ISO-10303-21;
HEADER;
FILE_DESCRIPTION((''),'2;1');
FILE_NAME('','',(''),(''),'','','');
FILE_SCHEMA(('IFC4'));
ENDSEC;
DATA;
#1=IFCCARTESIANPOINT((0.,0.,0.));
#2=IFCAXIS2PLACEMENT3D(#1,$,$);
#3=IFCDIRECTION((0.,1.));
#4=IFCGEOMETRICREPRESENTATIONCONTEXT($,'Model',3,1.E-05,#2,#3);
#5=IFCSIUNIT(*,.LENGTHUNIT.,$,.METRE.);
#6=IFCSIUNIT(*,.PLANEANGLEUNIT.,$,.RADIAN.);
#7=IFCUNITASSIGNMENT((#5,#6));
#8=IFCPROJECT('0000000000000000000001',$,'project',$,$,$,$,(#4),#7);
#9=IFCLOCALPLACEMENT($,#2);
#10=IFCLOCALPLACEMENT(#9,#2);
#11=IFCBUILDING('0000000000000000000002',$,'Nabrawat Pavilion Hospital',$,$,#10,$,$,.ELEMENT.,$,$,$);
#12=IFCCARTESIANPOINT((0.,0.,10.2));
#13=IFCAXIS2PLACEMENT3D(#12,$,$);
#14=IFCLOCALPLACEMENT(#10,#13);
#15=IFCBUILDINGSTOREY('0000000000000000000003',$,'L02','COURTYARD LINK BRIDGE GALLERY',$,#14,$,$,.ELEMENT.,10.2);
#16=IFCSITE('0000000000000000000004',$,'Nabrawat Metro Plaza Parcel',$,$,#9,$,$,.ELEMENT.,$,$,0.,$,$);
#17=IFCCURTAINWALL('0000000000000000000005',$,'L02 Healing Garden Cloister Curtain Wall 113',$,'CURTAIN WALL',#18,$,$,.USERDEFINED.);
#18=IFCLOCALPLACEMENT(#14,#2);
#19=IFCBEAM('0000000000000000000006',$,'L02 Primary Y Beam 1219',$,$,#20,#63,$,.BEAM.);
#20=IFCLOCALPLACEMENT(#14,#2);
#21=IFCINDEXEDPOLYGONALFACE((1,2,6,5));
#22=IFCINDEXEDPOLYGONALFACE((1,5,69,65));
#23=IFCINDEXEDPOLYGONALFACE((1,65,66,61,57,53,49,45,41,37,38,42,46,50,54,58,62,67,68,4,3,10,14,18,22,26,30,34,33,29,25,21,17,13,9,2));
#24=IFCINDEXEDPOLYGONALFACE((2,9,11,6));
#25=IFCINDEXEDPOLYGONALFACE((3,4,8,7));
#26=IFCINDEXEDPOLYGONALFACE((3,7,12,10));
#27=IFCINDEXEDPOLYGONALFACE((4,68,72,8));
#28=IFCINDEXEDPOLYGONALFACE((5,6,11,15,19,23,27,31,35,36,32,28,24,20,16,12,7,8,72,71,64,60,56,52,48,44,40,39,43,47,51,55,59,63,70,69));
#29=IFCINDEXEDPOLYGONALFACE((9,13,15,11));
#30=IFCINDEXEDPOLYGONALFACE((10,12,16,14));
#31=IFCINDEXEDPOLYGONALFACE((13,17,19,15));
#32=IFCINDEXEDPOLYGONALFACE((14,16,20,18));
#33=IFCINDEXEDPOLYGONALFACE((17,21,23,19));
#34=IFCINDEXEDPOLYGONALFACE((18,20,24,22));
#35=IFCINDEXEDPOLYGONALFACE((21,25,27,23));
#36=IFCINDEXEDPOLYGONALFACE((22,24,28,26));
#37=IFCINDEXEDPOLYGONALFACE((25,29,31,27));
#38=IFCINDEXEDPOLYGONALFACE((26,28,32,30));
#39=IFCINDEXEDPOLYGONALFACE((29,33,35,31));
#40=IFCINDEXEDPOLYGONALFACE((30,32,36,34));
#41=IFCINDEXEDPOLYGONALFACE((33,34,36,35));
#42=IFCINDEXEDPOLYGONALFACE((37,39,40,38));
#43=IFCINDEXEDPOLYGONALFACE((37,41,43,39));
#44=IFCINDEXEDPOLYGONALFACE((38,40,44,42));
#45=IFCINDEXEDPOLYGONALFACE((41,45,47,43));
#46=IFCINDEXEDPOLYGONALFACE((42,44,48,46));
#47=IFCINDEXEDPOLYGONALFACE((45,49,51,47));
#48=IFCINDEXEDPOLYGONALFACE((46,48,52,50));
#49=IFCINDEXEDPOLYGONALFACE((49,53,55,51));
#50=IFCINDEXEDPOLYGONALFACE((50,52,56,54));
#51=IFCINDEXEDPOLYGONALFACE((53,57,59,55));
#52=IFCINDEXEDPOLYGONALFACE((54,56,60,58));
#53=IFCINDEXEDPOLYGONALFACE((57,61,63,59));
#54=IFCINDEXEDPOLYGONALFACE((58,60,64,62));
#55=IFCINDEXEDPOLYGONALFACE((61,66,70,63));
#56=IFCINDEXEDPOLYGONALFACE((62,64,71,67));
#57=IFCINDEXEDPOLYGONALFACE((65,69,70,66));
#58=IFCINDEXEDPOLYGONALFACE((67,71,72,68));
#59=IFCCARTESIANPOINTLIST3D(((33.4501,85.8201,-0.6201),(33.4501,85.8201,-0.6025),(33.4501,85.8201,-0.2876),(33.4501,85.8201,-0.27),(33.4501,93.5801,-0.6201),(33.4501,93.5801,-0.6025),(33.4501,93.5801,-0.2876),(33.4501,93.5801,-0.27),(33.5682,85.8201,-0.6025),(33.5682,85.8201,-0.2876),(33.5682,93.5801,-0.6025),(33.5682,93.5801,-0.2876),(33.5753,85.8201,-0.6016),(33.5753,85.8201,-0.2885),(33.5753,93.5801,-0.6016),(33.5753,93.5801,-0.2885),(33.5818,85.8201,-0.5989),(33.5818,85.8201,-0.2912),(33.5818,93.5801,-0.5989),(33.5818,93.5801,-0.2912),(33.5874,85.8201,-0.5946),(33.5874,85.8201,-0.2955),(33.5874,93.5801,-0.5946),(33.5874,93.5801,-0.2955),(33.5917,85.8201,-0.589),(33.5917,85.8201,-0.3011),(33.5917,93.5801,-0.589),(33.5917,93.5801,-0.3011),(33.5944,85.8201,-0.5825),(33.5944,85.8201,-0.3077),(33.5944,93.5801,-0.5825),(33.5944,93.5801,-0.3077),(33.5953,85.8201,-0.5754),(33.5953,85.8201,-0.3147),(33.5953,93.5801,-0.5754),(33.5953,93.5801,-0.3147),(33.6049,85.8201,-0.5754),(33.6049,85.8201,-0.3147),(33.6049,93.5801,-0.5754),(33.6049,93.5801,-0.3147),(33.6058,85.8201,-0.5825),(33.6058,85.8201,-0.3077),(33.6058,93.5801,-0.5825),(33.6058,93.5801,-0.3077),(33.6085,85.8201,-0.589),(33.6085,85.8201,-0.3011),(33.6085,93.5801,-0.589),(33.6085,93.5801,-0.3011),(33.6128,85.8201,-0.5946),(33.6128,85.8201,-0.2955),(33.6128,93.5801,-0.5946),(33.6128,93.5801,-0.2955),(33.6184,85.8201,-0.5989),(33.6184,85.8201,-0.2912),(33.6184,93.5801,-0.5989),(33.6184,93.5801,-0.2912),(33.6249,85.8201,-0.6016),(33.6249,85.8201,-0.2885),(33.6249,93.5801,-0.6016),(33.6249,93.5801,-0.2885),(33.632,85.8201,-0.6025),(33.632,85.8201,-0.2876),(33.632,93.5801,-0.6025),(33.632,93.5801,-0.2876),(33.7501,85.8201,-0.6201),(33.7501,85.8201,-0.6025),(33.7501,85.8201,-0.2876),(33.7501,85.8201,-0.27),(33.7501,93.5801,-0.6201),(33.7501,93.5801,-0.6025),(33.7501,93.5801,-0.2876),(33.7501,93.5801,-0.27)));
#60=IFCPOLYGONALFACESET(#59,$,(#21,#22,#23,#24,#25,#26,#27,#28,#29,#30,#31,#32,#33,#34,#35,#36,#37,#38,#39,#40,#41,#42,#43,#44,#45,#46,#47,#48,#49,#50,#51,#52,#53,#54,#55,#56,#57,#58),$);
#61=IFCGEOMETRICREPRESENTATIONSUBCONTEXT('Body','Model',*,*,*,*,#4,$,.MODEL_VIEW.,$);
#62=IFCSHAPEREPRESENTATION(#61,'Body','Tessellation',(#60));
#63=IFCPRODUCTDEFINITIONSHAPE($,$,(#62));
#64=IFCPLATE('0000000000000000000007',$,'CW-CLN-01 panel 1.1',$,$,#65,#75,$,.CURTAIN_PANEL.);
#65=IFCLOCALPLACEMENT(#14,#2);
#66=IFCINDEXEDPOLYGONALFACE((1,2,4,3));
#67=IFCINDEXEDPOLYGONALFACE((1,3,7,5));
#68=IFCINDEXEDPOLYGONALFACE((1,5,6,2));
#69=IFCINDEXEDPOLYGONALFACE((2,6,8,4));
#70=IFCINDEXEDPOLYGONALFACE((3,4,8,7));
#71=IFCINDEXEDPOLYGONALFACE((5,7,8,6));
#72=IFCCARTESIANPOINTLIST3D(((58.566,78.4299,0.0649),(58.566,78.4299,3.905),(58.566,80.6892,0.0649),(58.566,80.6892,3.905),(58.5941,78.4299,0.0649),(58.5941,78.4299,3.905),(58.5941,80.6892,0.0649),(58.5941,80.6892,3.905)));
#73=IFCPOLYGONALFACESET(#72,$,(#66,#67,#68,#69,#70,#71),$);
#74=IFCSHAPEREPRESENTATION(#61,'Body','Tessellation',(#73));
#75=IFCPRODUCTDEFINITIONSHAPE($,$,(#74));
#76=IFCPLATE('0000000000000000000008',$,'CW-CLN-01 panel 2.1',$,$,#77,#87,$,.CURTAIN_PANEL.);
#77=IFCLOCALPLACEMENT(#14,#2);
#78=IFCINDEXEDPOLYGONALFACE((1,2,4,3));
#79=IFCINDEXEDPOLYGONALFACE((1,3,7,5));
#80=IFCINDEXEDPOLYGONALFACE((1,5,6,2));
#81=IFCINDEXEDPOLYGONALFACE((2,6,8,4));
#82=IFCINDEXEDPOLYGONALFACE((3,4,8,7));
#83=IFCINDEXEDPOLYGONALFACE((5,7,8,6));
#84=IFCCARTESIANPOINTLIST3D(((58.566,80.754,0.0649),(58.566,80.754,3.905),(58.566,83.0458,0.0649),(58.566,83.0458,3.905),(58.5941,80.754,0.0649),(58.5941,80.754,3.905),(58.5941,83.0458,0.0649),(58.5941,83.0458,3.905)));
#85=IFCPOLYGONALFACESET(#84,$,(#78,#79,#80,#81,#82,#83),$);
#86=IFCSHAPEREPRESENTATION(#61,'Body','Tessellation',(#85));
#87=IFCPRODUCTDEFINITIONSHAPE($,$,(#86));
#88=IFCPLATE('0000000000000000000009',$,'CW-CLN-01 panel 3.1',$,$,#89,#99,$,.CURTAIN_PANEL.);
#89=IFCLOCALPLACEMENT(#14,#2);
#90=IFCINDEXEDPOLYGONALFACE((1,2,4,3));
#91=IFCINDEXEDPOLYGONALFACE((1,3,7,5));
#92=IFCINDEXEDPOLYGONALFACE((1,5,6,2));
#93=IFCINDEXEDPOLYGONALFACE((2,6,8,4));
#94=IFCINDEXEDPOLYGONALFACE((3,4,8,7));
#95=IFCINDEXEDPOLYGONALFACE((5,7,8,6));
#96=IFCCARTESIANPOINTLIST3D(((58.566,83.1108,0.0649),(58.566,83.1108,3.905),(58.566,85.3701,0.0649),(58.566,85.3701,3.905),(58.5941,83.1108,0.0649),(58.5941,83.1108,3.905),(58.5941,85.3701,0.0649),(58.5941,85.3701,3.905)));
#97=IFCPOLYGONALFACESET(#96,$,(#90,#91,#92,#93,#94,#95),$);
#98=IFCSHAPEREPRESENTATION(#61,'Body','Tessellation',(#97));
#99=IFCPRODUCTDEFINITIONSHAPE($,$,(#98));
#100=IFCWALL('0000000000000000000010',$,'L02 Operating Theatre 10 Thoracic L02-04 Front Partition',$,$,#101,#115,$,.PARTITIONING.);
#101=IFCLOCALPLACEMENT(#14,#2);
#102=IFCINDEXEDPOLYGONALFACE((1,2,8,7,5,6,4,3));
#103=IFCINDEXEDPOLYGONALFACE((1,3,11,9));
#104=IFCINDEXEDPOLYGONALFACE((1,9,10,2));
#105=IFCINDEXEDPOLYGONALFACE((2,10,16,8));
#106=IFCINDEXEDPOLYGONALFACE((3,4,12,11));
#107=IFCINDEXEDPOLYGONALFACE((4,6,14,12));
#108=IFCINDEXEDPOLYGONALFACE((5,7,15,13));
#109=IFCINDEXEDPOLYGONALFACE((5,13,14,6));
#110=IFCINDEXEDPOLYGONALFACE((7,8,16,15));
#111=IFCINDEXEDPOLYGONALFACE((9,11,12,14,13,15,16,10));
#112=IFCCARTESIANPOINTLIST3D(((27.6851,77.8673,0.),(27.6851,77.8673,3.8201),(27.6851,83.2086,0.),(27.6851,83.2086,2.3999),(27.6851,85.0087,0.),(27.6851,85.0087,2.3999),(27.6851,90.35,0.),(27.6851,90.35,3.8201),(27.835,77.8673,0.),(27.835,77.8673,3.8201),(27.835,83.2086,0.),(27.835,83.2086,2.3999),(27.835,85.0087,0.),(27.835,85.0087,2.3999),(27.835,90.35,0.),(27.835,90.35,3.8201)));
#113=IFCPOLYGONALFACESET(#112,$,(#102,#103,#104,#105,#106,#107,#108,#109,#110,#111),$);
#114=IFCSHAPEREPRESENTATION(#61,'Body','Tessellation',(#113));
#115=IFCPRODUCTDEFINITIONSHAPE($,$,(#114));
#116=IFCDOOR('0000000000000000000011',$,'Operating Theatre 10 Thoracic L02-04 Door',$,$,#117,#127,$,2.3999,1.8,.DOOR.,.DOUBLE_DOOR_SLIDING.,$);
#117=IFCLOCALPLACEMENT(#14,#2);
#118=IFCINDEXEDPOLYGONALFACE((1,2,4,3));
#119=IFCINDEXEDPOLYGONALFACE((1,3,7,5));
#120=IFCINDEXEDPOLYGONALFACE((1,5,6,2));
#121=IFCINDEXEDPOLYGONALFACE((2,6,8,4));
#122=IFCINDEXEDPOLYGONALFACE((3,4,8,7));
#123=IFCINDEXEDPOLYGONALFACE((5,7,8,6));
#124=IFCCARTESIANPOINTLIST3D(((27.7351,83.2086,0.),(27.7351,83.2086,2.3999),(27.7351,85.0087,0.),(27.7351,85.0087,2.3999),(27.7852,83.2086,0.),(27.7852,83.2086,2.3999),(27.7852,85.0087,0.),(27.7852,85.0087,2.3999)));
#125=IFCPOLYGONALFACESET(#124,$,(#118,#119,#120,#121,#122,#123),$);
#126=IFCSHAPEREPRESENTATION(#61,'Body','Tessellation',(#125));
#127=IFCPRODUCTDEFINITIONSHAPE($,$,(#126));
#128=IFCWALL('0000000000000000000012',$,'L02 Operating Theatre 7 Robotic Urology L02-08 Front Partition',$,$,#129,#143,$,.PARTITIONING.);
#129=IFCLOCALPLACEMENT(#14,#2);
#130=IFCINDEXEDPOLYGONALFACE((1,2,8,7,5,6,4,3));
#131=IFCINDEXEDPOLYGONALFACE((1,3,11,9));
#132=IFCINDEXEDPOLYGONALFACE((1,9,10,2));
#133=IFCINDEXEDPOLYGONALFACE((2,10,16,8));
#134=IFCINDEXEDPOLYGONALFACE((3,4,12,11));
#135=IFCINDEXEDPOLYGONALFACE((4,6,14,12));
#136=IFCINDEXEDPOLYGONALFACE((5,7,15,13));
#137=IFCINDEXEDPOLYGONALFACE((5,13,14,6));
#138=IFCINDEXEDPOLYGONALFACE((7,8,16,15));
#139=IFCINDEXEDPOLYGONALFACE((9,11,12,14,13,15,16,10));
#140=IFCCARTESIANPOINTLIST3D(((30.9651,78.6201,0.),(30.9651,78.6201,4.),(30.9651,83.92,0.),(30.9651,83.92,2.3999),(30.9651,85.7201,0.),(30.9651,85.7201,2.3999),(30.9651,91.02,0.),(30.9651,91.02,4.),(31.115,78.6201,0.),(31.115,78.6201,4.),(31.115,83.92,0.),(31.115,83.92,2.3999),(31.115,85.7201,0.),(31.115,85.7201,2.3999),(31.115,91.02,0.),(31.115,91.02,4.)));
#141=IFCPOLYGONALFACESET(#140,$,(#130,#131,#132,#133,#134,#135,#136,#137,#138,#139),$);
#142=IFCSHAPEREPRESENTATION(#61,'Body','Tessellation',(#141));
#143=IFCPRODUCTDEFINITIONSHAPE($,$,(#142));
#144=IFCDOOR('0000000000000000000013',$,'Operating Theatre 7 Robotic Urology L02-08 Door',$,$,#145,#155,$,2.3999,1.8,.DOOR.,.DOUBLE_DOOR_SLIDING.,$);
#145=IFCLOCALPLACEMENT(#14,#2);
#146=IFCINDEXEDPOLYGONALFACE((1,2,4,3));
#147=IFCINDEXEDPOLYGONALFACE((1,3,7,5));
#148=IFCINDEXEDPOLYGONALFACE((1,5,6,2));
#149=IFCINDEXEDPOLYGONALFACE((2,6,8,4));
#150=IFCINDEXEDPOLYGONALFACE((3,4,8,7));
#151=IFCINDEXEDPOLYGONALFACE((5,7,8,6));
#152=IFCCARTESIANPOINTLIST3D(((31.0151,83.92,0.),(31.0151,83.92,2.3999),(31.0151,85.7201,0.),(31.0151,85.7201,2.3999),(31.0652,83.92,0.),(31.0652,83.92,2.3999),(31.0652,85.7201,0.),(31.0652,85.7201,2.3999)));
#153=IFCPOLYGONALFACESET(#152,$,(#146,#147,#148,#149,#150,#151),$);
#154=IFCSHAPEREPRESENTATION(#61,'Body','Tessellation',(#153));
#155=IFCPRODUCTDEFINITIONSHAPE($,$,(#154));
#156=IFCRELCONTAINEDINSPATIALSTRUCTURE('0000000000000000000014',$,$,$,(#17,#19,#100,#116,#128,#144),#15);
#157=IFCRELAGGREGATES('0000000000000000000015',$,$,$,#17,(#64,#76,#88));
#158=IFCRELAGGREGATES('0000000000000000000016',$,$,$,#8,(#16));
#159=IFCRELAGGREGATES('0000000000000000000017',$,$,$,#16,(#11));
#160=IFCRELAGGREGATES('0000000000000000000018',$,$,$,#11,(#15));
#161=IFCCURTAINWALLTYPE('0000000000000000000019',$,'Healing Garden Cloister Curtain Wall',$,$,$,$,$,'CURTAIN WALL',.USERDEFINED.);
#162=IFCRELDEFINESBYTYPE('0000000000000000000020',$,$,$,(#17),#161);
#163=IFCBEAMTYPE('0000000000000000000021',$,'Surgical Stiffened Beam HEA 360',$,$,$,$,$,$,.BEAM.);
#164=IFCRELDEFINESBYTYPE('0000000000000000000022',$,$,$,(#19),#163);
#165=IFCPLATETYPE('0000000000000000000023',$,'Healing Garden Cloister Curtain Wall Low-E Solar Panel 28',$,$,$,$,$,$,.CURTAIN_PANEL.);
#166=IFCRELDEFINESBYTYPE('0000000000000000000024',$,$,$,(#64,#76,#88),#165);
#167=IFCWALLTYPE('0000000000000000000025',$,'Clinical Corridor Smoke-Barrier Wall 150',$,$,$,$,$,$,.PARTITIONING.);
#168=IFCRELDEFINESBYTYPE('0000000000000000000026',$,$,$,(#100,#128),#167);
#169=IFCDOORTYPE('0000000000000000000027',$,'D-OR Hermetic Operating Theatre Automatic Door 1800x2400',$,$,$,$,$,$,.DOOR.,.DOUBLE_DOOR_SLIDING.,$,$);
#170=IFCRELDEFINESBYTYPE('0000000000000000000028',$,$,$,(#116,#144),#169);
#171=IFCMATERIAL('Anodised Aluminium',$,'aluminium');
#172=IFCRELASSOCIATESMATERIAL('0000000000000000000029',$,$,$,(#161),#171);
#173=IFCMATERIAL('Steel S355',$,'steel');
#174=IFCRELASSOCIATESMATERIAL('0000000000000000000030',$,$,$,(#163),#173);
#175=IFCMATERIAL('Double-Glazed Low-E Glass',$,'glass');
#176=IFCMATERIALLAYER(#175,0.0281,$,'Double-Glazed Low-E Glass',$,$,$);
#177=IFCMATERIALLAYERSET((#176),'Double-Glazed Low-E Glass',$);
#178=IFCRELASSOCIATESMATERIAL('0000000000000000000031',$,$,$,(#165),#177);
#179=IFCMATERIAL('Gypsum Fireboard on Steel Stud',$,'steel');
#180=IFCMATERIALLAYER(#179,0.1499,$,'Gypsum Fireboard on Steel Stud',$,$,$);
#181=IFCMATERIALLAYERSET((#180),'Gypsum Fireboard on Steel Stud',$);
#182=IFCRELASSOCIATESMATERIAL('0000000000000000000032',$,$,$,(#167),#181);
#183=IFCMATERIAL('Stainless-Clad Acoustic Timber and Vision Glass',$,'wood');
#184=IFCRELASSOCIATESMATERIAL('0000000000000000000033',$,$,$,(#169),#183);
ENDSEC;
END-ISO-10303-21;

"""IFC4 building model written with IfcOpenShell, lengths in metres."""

from ifc_helpers import new_model, si_unit, direction, frame, frame_2d, origin, origin_2d, place, context, subcontext, project, spatial, rectangle, i_section, extrude, material, layer, layer_set, material_profile, profile_set, type_object, element, fill, aggregate, save


model = new_model("IFC4")

# Units and contexts
model_context = context("Model", 3, precision=1e-05, world=origin(), true_north=direction((0.0, 1.0)))
body_context = subcontext(model_context, "Body", "Model", "MODEL_VIEW")
ifc_project = project(units=[si_unit("LENGTHUNIT", "METRE"), si_unit("PLANEANGLEUNIT", "RADIAN")], contexts=[model_context])

# Site, building, storey
site_placement = place(None, origin())
site = spatial("IfcSite", under=ifc_project, at=site_placement, Name="Nabrawat Metro Plaza Parcel", CompositionType="ELEMENT", RefElevation=0.0)
building_placement = place(site_placement, origin())
building = spatial("IfcBuilding", under=site, at=building_placement, Name="Nabrawat Pavilion Hospital", CompositionType="ELEMENT")
storey_placement = place(building_placement, frame((0.0, 0.0, 10.2)))
storey = spatial("IfcBuildingStorey", under=building, at=storey_placement, Name="L02", Description="COURTYARD LINK BRIDGE GALLERY", CompositionType="ELEMENT", Elevation=10.2)

# Shared definitions
ifc_material_1 = material(Name="Steel S355", Category="steel")

# Curtain wall
ifc_material_2 = material(Name="Anodised Aluminium", Category="aluminium")
curtain_wall_type = type_object("IfcCurtainWallType", Name="Healing Garden Cloister Curtain Wall", ElementType="CURTAIN WALL", PredefinedType="USERDEFINED", material=ifc_material_2)
curtain_wall_placement = place(storey_placement, origin())
curtain_wall = element("IfcCurtainWall", 1, at=curtain_wall_placement, inside=storey, type_object=curtain_wall_type, Name="L02 Healing Garden Cloister Curtain Wall 113", ObjectType="CURTAIN WALL", PredefinedType="USERDEFINED")

# Beam
ifc_material_profile_1 = material_profile(ifc_material_1, i_section(OverallWidth=0.3, OverallDepth=0.3501, WebThickness=0.0095, FlangeThickness=0.0176, FilletRadius=0.0271, at=origin_2d()), Name="HEA 360")
ifc_profile_set_1 = profile_set([ifc_material_profile_1], Name="Steel S355")
beam_type_1 = type_object("IfcBeamType", Name="Surgical Stiffened Beam HEA 360", PredefinedType="BEAM", material=ifc_profile_set_1)
for number, where, z_axis, x_axis, name in (
    (2, (33.6001, 85.8201, -0.4451), (0.0, 1.0, 0.0), (-1.0, 0.0, 0.0), "L02 Primary Y Beam 1219"),
):
    element("IfcBeam", number, at=place(storey_placement, frame(where, z_axis=z_axis, x_axis=x_axis)), inside=storey, type_object=beam_type_1, Name=name, PredefinedType="BEAM", context=body_context, shape_type="SweptSolid", body=[
        extrude(i_section(OverallWidth=0.3, OverallDepth=0.3501, WebThickness=0.0095, FlangeThickness=0.0176, FilletRadius=0.0271, at=origin_2d()), origin(), (0.0, 0.0, 1.0), 7.76),
    ])

# Plates
ifc_material_3 = material(Name="Double-Glazed Low-E Glass", Category="glass")
ifc_layer_1 = layer(ifc_material_3, 0.0281, Name="Double-Glazed Low-E Glass")
ifc_layer_set_1 = layer_set([ifc_layer_1], Name="Double-Glazed Low-E Glass")
plate_type = type_object("IfcPlateType", Name="Healing Garden Cloister Curtain Wall Low-E Solar Panel 28", PredefinedType="CURTAIN_PANEL", material=ifc_layer_set_1)
plate_1_placement = place(storey_placement, frame((58.5801, 79.5596, 0.0649), z_axis=(0.0, 0.0, 1.0), x_axis=(0.0, 1.0, 0.0)))
plate_1 = element("IfcPlate", 3, at=plate_1_placement, type_object=plate_type, Name="CW-CLN-01 panel 1.1", PredefinedType="CURTAIN_PANEL", context=body_context, shape_type="SweptSolid", body=[
    extrude(rectangle(XDim=2.2593, YDim=0.0281, at=origin_2d()), origin(), (0.0, 0.0, 1.0), 3.8401),
])
plate_2_placement = place(storey_placement, frame((58.5801, 81.8999, 0.0649), z_axis=(0.0, 0.0, 1.0), x_axis=(0.0, 1.0, 0.0)))
plate_2 = element("IfcPlate", 4, at=plate_2_placement, type_object=plate_type, Name="CW-CLN-01 panel 2.1", PredefinedType="CURTAIN_PANEL", context=body_context, shape_type="SweptSolid", body=[
    extrude(rectangle(XDim=2.2917, YDim=0.0281, at=origin_2d()), origin(), (0.0, 0.0, 1.0), 3.8401),
])
plate_3_placement = place(storey_placement, frame((58.5801, 84.2405, 0.0649), z_axis=(0.0, 0.0, 1.0), x_axis=(0.0, 1.0, 0.0)))
plate_3 = element("IfcPlate", 5, at=plate_3_placement, type_object=plate_type, Name="CW-CLN-01 panel 3.1", PredefinedType="CURTAIN_PANEL", context=body_context, shape_type="SweptSolid", body=[
    extrude(rectangle(XDim=2.2593, YDim=0.0281, at=origin_2d()), origin(), (0.0, 0.0, 1.0), 3.8401),
])
aggregate(curtain_wall, [plate_1, plate_2, plate_3])

# Walls, openings, doors
ifc_material_4 = material(Name="Gypsum Fireboard on Steel Stud", Category="steel")
ifc_layer_2 = layer(ifc_material_4, 0.1499, Name="Gypsum Fireboard on Steel Stud")
ifc_layer_set_2 = layer_set([ifc_layer_2], Name="Gypsum Fireboard on Steel Stud")
wall_type_1 = type_object("IfcWallType", Name="Clinical Corridor Smoke-Barrier Wall 150", PredefinedType="PARTITIONING", material=ifc_layer_set_2)
wall_1_placement = place(storey_placement, frame((27.76, 77.8674, 0.0), z_axis=(0.0, 0.0, 1.0), x_axis=(0.0, 1.0, 0.0)))
wall_1 = element("IfcWall", 6, at=wall_1_placement, inside=storey, type_object=wall_type_1, Name="L02 Operating Theatre 10 Thoracic L02-04 Front Partition", PredefinedType="PARTITIONING", context=body_context, shape_type="SweptSolid", body=[
    extrude(rectangle(XDim=12.4827, YDim=0.1499, at=frame_2d((6.2412, 0.0))), origin(), (0.0, 0.0, 1.0), 3.8201),
])
opening_1_placement = place(wall_1_placement, frame((5.3413, 0.0, 0.0)))
opening_1 = element("IfcOpeningElement", 7, at=opening_1_placement, cuts=wall_1, PredefinedType="OPENING", context=body_context, shape_type="SweptSolid", body=[
    extrude(rectangle(XDim=1.8, YDim=2.3999, at=frame_2d((0.8999, 1.2))), frame((0.0, 0.085, 0.0), z_axis=(0.0, -1.0, 0.0), x_axis=(1.0, 0.0, 0.0)), (0.0, 0.0, 1.0), 0.1699),
])
ifc_material_5 = material(Name="Stainless-Clad Acoustic Timber and Vision Glass", Category="wood")
door_type = type_object("IfcDoorType", Name="D-OR Hermetic Operating Theatre Automatic Door 1800x2400", OperationType="DOUBLE_DOOR_SLIDING", PredefinedType="DOOR", material=ifc_material_5)
door_1_placement = place(opening_1_placement, origin())
door_1 = element("IfcDoor", 8, at=door_1_placement, inside=storey, type_object=door_type, Name="Operating Theatre 10 Thoracic L02-04 Door", OperationType="DOUBLE_DOOR_SLIDING", OverallHeight=2.3999, OverallWidth=1.8, PredefinedType="DOOR", context=body_context, shape_type="SweptSolid", body=[
    extrude(rectangle(XDim=1.8, YDim=2.3999, at=frame_2d((0.8999, 1.2))), frame((0.0, 0.0249, 0.0), z_axis=(0.0, -1.0, 0.0), x_axis=(1.0, 0.0, 0.0)), (0.0, 0.0, 1.0), 0.05),
])
fill(opening_1, door_1)
wall_2_placement = place(storey_placement, frame((31.04, 78.6201, 0.0), z_axis=(0.0, 0.0, 1.0), x_axis=(0.0, 1.0, 0.0)))
wall_2 = element("IfcWall", 9, at=wall_2_placement, inside=storey, type_object=wall_type_1, Name="L02 Operating Theatre 7 Robotic Urology L02-08 Front Partition", PredefinedType="PARTITIONING", context=body_context, shape_type="SweptSolid", body=[
    extrude(rectangle(XDim=12.3999, YDim=0.1499, at=frame_2d((6.2, 0.0))), origin(), (0.0, 0.0, 1.0), 4.0),
])
opening_2_placement = place(wall_2_placement, frame((5.3, 0.0, 0.0)))
opening_2 = element("IfcOpeningElement", 10, at=opening_2_placement, cuts=wall_2, PredefinedType="OPENING", context=body_context, shape_type="SweptSolid", body=[
    extrude(rectangle(XDim=1.8, YDim=2.3999, at=frame_2d((0.8999, 1.2))), frame((0.0, 0.085, 0.0), z_axis=(0.0, -1.0, 0.0), x_axis=(1.0, 0.0, 0.0)), (0.0, 0.0, 1.0), 0.1699),
])
door_2_placement = place(opening_2_placement, origin())
door_2 = element("IfcDoor", 11, at=door_2_placement, inside=storey, type_object=door_type, Name="Operating Theatre 7 Robotic Urology L02-08 Door", OperationType="DOUBLE_DOOR_SLIDING", OverallHeight=2.3999, OverallWidth=1.8, PredefinedType="DOOR", context=body_context, shape_type="SweptSolid", body=[
    extrude(rectangle(XDim=1.8, YDim=2.3999, at=frame_2d((0.8999, 1.2))), frame((0.0, 0.0249, 0.0), z_axis=(0.0, -1.0, 0.0), x_axis=(1.0, 0.0, 0.0)), (0.0, 0.0, 1.0), 0.05),
])
fill(opening_2, door_2)

save(model, "model.ifc")
